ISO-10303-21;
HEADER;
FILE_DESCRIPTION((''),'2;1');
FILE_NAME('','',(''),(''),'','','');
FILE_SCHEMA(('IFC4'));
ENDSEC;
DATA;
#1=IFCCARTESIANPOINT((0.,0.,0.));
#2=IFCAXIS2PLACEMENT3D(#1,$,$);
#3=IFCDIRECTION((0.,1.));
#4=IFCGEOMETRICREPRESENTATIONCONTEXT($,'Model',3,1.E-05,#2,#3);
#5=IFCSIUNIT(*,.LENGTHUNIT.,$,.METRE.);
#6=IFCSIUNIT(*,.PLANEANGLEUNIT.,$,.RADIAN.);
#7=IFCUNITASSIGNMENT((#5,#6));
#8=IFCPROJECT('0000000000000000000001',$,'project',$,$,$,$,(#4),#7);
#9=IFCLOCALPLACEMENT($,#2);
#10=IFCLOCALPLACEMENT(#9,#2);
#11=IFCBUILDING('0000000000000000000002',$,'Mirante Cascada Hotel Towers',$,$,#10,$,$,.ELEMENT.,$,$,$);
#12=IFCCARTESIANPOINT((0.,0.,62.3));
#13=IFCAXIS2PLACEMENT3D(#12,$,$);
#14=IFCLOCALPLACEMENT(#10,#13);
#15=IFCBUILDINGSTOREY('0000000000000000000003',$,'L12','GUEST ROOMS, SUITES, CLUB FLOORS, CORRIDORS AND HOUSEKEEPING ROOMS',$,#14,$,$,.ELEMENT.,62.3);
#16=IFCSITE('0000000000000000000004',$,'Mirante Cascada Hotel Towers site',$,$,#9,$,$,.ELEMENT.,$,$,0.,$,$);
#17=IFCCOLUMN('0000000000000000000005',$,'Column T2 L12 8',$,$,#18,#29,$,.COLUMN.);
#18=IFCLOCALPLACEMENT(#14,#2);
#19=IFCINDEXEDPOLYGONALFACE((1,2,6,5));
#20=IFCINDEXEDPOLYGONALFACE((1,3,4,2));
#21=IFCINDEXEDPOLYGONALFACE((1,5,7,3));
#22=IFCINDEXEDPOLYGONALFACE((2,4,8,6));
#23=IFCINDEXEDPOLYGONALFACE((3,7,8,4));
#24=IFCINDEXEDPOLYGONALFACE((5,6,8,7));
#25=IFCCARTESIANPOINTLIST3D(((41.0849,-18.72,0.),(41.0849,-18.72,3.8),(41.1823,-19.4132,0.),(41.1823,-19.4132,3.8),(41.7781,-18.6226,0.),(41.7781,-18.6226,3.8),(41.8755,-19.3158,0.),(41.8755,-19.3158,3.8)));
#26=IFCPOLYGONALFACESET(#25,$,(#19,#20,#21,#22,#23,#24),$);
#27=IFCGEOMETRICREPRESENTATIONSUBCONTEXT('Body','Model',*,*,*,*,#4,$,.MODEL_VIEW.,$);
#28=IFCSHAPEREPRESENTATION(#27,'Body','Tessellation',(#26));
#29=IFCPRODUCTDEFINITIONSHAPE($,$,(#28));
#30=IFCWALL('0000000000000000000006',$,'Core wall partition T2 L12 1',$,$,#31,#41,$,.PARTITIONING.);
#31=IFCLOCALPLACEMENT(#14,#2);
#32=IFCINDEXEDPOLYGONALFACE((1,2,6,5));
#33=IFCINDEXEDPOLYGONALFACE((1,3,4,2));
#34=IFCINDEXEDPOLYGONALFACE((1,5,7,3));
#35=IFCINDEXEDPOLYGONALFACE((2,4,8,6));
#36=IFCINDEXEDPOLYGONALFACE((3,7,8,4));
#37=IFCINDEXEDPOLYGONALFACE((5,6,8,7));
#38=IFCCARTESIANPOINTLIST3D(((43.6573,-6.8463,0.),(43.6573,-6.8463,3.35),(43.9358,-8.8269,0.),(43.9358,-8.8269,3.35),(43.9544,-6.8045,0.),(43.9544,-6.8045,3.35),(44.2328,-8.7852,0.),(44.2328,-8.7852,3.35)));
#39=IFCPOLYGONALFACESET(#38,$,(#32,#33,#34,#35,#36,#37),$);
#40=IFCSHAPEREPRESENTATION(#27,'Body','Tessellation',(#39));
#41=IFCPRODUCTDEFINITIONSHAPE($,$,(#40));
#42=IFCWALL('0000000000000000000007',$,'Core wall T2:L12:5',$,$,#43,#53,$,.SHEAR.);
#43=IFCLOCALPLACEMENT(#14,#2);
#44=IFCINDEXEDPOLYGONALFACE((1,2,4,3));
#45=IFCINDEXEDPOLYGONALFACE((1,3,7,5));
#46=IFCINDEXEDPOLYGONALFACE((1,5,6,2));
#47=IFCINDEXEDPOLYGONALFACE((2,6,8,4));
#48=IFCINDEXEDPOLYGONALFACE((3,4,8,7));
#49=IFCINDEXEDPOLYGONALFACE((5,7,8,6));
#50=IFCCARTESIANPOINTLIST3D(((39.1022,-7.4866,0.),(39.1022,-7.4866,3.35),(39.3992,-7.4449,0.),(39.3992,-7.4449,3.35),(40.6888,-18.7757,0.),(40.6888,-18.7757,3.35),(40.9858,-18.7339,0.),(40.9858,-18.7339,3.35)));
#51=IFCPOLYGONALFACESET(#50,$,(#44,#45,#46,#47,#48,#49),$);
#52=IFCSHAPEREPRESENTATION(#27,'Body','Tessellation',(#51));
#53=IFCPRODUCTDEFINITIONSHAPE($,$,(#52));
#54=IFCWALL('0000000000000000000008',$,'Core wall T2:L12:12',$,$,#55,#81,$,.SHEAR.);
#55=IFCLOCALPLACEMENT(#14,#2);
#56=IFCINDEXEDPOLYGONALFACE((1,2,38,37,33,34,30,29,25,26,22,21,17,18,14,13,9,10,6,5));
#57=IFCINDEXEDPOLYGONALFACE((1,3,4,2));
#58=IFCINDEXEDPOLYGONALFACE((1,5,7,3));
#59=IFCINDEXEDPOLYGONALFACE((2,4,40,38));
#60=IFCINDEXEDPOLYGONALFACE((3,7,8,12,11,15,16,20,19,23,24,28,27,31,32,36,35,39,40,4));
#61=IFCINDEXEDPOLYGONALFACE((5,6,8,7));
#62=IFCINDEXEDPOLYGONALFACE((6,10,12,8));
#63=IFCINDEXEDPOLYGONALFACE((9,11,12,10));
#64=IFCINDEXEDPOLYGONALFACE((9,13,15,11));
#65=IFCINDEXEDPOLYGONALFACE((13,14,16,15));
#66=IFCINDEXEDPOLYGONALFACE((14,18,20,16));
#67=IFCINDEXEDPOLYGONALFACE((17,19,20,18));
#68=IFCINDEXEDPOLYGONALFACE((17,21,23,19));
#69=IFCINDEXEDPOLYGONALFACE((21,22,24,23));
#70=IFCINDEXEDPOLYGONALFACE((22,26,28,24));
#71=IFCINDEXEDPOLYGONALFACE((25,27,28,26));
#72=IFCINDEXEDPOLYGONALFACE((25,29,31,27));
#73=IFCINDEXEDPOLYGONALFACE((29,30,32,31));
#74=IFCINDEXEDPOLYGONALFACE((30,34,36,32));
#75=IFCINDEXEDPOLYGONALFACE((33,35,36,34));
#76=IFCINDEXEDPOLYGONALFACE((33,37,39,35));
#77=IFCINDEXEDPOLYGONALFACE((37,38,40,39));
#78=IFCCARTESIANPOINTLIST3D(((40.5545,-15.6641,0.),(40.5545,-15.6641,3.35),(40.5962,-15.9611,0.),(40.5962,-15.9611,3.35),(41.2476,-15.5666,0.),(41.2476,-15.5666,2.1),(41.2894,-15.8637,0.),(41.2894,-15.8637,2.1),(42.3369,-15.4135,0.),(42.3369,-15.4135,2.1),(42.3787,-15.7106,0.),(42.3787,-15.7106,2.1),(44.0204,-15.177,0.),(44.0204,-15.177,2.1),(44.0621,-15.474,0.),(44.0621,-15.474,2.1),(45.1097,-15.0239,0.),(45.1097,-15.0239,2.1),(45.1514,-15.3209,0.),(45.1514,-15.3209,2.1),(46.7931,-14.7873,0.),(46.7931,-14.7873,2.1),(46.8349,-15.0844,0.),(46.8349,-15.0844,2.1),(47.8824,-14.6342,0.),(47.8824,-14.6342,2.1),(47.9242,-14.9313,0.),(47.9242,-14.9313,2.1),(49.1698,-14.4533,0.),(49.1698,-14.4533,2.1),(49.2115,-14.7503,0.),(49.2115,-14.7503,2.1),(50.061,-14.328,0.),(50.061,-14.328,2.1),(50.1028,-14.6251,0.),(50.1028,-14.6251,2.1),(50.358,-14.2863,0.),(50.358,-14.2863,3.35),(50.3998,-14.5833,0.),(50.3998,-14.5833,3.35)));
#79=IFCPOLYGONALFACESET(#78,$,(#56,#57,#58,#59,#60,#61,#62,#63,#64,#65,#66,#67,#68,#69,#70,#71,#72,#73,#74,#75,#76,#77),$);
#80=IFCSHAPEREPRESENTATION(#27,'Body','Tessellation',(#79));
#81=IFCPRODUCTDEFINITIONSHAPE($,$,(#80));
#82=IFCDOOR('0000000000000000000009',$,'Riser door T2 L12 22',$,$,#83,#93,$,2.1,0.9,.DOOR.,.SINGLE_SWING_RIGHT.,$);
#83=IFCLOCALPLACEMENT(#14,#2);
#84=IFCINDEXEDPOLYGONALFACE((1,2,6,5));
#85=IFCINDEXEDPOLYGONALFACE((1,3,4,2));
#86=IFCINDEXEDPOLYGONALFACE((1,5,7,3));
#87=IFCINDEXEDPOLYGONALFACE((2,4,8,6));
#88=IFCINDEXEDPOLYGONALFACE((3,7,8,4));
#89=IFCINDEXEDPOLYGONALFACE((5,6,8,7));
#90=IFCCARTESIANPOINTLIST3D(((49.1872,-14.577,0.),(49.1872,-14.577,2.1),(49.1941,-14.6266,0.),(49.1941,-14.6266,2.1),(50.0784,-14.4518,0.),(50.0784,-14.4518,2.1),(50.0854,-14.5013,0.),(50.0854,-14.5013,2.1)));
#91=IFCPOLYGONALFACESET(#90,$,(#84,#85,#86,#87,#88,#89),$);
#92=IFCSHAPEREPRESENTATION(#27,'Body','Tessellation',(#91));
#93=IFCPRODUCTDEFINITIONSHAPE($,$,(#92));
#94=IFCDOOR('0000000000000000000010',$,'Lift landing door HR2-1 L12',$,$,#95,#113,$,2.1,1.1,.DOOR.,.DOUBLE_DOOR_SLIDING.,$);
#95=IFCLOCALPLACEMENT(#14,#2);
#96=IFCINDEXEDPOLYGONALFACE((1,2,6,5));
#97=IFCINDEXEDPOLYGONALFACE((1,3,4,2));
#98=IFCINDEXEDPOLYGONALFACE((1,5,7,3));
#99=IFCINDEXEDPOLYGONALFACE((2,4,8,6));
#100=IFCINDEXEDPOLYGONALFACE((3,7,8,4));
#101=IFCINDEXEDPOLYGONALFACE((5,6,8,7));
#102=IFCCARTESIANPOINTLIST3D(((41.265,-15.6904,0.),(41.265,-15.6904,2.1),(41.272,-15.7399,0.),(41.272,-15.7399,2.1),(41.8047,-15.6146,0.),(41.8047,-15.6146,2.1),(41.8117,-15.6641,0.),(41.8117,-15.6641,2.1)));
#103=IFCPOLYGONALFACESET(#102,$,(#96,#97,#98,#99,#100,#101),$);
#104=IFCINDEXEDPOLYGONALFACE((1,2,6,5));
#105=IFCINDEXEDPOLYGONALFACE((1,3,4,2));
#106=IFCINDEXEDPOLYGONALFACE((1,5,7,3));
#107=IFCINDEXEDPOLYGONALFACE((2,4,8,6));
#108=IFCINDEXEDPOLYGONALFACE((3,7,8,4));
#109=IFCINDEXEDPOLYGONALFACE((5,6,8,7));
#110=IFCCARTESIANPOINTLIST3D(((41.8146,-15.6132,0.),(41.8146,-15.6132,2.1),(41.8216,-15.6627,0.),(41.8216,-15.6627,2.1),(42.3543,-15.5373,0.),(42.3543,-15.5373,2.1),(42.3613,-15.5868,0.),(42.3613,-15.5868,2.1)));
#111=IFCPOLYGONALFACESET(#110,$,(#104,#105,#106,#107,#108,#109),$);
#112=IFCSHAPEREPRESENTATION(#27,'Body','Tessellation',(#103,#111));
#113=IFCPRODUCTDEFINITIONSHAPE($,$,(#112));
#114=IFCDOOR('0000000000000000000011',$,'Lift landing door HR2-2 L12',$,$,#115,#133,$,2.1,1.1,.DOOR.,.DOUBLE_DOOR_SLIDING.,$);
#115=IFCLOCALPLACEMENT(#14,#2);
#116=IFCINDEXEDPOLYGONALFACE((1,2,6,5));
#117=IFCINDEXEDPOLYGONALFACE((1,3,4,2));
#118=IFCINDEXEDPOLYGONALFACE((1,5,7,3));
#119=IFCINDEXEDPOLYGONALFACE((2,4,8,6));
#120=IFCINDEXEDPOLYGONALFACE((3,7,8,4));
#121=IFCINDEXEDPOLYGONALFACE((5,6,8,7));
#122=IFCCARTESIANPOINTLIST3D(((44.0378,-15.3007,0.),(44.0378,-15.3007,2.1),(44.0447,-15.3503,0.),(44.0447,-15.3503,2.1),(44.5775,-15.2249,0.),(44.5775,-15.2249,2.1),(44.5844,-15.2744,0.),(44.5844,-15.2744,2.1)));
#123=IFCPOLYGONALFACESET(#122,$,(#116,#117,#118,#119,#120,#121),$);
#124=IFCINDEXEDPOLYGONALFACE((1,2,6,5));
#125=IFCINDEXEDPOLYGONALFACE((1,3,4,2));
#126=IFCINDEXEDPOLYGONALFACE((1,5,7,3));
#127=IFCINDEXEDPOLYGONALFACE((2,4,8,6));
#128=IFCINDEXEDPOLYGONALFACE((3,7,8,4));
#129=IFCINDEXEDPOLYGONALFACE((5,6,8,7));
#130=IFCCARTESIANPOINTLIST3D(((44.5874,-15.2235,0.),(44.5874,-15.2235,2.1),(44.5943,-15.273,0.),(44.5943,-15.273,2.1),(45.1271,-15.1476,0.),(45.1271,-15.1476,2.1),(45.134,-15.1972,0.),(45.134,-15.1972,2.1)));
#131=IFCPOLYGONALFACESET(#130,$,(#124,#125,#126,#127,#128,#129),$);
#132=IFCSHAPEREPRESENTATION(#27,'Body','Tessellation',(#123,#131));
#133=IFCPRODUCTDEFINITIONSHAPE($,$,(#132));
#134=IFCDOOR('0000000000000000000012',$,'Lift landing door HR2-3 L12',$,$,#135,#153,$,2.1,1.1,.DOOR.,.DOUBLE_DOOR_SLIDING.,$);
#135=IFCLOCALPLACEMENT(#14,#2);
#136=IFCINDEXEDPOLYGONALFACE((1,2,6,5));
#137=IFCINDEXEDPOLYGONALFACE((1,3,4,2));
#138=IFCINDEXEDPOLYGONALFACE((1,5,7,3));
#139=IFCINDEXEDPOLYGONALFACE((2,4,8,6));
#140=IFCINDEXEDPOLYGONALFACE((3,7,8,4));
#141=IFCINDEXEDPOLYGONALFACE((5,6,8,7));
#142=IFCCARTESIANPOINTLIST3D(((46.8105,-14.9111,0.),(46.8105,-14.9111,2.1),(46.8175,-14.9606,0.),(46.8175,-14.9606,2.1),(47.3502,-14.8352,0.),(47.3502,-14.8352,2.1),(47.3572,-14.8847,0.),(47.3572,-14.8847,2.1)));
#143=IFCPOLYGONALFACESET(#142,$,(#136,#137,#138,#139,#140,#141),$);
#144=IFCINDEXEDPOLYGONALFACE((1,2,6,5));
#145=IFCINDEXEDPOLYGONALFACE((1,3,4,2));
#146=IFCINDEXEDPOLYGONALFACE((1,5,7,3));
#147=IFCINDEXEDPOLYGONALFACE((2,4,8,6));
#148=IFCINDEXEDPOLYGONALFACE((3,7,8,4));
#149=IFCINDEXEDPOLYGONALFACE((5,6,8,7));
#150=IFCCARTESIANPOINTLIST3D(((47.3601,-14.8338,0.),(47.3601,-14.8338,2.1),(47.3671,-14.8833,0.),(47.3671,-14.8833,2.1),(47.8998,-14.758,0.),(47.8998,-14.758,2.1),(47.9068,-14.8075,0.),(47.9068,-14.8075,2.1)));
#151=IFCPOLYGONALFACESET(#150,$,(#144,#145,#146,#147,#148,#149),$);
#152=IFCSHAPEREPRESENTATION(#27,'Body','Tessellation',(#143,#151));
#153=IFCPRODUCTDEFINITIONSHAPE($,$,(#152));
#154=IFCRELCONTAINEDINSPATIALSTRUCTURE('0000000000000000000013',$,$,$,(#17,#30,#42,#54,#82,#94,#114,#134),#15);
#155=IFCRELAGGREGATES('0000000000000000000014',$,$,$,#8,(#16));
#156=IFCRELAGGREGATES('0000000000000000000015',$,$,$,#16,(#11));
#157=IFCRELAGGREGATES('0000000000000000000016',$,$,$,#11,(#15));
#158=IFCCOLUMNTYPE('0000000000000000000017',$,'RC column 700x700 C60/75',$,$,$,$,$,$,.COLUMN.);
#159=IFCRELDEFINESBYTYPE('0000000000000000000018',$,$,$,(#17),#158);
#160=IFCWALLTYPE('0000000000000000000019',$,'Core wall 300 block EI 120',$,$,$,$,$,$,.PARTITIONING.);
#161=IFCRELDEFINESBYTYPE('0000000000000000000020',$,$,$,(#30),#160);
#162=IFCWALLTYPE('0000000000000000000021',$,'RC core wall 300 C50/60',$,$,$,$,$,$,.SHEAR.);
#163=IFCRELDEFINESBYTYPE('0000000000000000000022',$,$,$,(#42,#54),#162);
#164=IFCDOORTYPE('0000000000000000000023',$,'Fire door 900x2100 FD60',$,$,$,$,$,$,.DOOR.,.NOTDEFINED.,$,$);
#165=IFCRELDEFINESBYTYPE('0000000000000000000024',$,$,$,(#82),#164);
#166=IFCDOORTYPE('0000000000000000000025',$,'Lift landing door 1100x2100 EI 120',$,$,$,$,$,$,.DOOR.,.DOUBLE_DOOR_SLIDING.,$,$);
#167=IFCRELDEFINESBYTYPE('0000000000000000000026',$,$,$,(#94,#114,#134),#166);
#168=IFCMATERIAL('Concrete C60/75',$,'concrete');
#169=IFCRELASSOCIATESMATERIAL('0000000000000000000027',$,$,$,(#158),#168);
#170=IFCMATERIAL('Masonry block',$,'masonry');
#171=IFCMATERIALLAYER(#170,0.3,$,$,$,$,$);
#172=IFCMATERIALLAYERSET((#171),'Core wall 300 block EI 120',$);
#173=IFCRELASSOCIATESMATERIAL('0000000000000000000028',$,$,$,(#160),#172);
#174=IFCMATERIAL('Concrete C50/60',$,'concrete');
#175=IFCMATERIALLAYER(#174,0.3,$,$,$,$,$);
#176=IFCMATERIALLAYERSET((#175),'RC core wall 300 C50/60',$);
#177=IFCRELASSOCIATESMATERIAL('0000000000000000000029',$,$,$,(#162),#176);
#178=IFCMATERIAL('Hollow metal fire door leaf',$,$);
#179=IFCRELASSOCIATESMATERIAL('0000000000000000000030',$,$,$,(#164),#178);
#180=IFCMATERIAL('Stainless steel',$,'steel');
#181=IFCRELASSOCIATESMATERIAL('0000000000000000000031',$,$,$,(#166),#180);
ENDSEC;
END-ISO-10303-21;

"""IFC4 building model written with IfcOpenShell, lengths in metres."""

from ifc_helpers import new_model, si_unit, direction, frame, frame_2d, origin, origin_2d, place, context, subcontext, project, spatial, rectangle, extrude, material, layer, layer_set, material_profile, profile_set, type_object, element, fill, save


model = new_model("IFC4")

# Units and contexts
model_context = context("Model", 3, precision=1e-05, world=origin(), true_north=direction((0.0, 1.0)))
body_context = subcontext(model_context, "Body", "Model", "MODEL_VIEW")
ifc_project = project(units=[si_unit("LENGTHUNIT", "METRE"), si_unit("PLANEANGLEUNIT", "RADIAN")], contexts=[model_context])

# Site, building, storey
site_placement = place(None, origin())
site = spatial("IfcSite", under=ifc_project, at=site_placement, Name="Mirante Cascada Hotel Towers site", CompositionType="ELEMENT", RefElevation=0.0)
building_placement = place(site_placement, origin())
building = spatial("IfcBuilding", under=site, at=building_placement, Name="Mirante Cascada Hotel Towers", CompositionType="ELEMENT")
storey_placement = place(building_placement, frame((0.0, 0.0, 62.3)))
storey = spatial("IfcBuildingStorey", under=building, at=storey_placement, Name="L12", Description="GUEST ROOMS, SUITES, CLUB FLOORS, CORRIDORS AND HOUSEKEEPING ROOMS", CompositionType="ELEMENT", Elevation=62.3)

# Column
ifc_material_1 = material(Name="Concrete C60/75", Category="concrete")
ifc_material_profile = material_profile(ifc_material_1, rectangle(XDim=0.7, YDim=0.7, at=origin_2d()), Name="RC column 700x700 C60/75")
ifc_profile_set = profile_set([ifc_material_profile], Name="Concrete C60/75")
column_type = type_object("IfcColumnType", Name="RC column 700x700 C60/75", PredefinedType="COLUMN", material=ifc_profile_set)
column_placement = place(storey_placement, frame((41.4802, -19.0179, 0.0), z_axis=(0.0, 0.0, 1.0), x_axis=(0.990268, 0.139173, 0.0)))
element("IfcColumn", 1, at=column_placement, inside=storey, type_object=column_type, Name="Column T2 L12 8", PredefinedType="COLUMN", context=body_context, shape_type="SweptSolid", body=[
    extrude(rectangle(XDim=0.7, YDim=0.7, at=origin_2d()), origin(), (0.0, 0.0, 1.0), 3.8),
])

# Walls
ifc_material_2 = material(Name="Masonry block", Category="masonry")
ifc_layer_1 = layer(ifc_material_2, 0.3)
ifc_layer_set_1 = layer_set([ifc_layer_1], Name="Core wall 300 block EI 120")
wall_type_1 = type_object("IfcWallType", Name="Core wall 300 block EI 120", PredefinedType="PARTITIONING", material=ifc_layer_set_1)
wall_1_placement = place(storey_placement, frame((44.0843, -8.8061, 0.0), z_axis=(0.0, 0.0, 1.0), x_axis=(-0.139195, 0.990265, 0.0)))
element("IfcWall", 2, at=wall_1_placement, inside=storey, type_object=wall_type_1, Name="Core wall partition T2 L12 1", PredefinedType="PARTITIONING", context=body_context, shape_type="SweptSolid", body=[
    extrude(rectangle(XDim=2.0001, YDim=0.3, at=frame_2d((1.0001, 0.0))), origin(), (0.0, 0.0, 1.0), 3.35),
])
ifc_material_3 = material(Name="Concrete C50/60", Category="concrete")
ifc_layer_2 = layer(ifc_material_3, 0.3)
ifc_layer_set_2 = layer_set([ifc_layer_2], Name="RC core wall 300 C50/60")
wall_type_2 = type_object("IfcWallType", Name="RC core wall 300 C50/60", PredefinedType="SHEAR", material=ifc_layer_set_2)
wall_2_placement = place(storey_placement, frame((40.8373, -18.7548, 0.0), z_axis=(0.0, 0.0, 1.0), x_axis=(-0.139175, 0.990268, 0.0)))
element("IfcWall", 3, at=wall_2_placement, inside=storey, type_object=wall_type_2, Name="Core wall T2:L12:5", PredefinedType="SHEAR", context=body_context, shape_type="SweptSolid", body=[
    extrude(rectangle(XDim=11.4, YDim=0.3, at=frame_2d((5.7, 0.0))), origin(), (0.0, 0.0, 1.0), 3.35),
])

# Wall, openings, doors
wall_3_placement = place(storey_placement, frame((40.5753, -15.8126, 0.0), z_axis=(0.0, 0.0, 1.0), x_axis=(0.990268, 0.139173, 0.0)))
wall_3 = element("IfcWall", 4, at=wall_3_placement, inside=storey, type_object=wall_type_2, Name="Core wall T2:L12:12", PredefinedType="SHEAR", context=body_context, shape_type="SweptSolid", body=[
    extrude(rectangle(XDim=9.8999, YDim=0.3, at=frame_2d((4.95, 0.0))), origin(), (0.0, 0.0, 1.0), 3.35),
])
opening_1_placement = place(wall_3_placement, frame((0.7, 0.0, 0.0)))
opening_1 = element("IfcOpeningElement", 5, at=opening_1_placement, cuts=wall_3, PredefinedType="OPENING", context=body_context, shape_type="SweptSolid", body=[
    extrude(rectangle(XDim=1.1, YDim=2.1, at=frame_2d((0.55, 1.05))), frame((0.0, 0.15, 0.0), z_axis=(0.0, -1.0, 0.0), x_axis=(1.0, 0.0, 0.0)), (0.0, 0.0, 1.0), 0.3),
])
opening_2_placement = place(wall_3_placement, frame((3.5, 0.0, 0.0)))
opening_2 = element("IfcOpeningElement", 6, at=opening_2_placement, cuts=wall_3, PredefinedType="OPENING", context=body_context, shape_type="SweptSolid", body=[
    extrude(rectangle(XDim=1.1, YDim=2.1, at=frame_2d((0.55, 1.05))), frame((0.0, 0.15, 0.0), z_axis=(0.0, -1.0, 0.0), x_axis=(1.0, 0.0, 0.0)), (0.0, 0.0, 1.0), 0.3),
])
opening_3_placement = place(wall_3_placement, frame((6.3, 0.0, 0.0)))
opening_3 = element("IfcOpeningElement", 7, at=opening_3_placement, cuts=wall_3, PredefinedType="OPENING", context=body_context, shape_type="SweptSolid", body=[
    extrude(rectangle(XDim=1.1, YDim=2.1, at=frame_2d((0.55, 1.05))), frame((0.0, 0.15, 0.0), z_axis=(0.0, -1.0, 0.0), x_axis=(1.0, 0.0, 0.0)), (0.0, 0.0, 1.0), 0.3),
])
opening_4_placement = place(wall_3_placement, frame((8.7, 0.0, 0.0)))
opening_4 = element("IfcOpeningElement", 8, at=opening_4_placement, cuts=wall_3, PredefinedType="OPENING", context=body_context, shape_type="SweptSolid", body=[
    extrude(rectangle(XDim=0.9, YDim=2.1, at=frame_2d((0.45, 1.05))), frame((0.0, 0.15, 0.0), z_axis=(0.0, -1.0, 0.0), x_axis=(1.0, 0.0, 0.0)), (0.0, 0.0, 1.0), 0.3),
])
ifc_material_4 = material(Name="Hollow metal fire door leaf")
door_type_1 = type_object("IfcDoorType", Name="Fire door 900x2100 FD60", OperationType="NOTDEFINED", PredefinedType="DOOR", material=ifc_material_4)
door_1_placement = place(opening_4_placement, frame((0.9, 0.0, 0.0), z_axis=(0.0, 0.0, 1.0), x_axis=(-1.0, 0.0, 0.0)))
door_1 = element("IfcDoor", 9, at=door_1_placement, inside=storey, type_object=door_type_1, Name="Riser door T2 L12 22", OperationType="SINGLE_SWING_RIGHT", OverallHeight=2.1, OverallWidth=0.9, PredefinedType="DOOR", context=body_context, shape_type="SweptSolid", body=[
    extrude(rectangle(XDim=0.9, YDim=2.1, at=frame_2d((0.45, 1.05))), frame((0.0, 0.025, 0.0), z_axis=(0.0, -1.0, 0.0), x_axis=(1.0, 0.0, 0.0)), (0.0, 0.0, 1.0), 0.05),
])
fill(opening_4, door_1)
ifc_material_5 = material(Name="Stainless steel", Category="steel")
door_type_2 = type_object("IfcDoorType", Name="Lift landing door 1100x2100 EI 120", OperationType="DOUBLE_DOOR_SLIDING", PredefinedType="DOOR", material=ifc_material_5)
door_2_placement = place(opening_1_placement, origin())
door_2 = element("IfcDoor", 10, at=door_2_placement, inside=storey, type_object=door_type_2, Name="Lift landing door HR2-1 L12", OperationType="DOUBLE_DOOR_SLIDING", OverallHeight=2.1, OverallWidth=1.1, PredefinedType="DOOR", context=body_context, shape_type="SweptSolid", body=[
    extrude(rectangle(XDim=0.545, YDim=2.1, at=frame_2d((0.2725, 1.05))), frame((0.0, 0.025, 0.0), z_axis=(0.0, -1.0, 0.0), x_axis=(1.0, 0.0, 0.0)), (0.0, 0.0, 1.0), 0.05),
    extrude(rectangle(XDim=0.545, YDim=2.1, at=frame_2d((0.8275, 1.05))), frame((0.0, 0.025, 0.0), z_axis=(0.0, -1.0, 0.0), x_axis=(1.0, 0.0, 0.0)), (0.0, 0.0, 1.0), 0.05),
])
fill(opening_1, door_2)
door_3_placement = place(opening_2_placement, origin())
door_3 = element("IfcDoor", 11, at=door_3_placement, inside=storey, type_object=door_type_2, Name="Lift landing door HR2-2 L12", OperationType="DOUBLE_DOOR_SLIDING", OverallHeight=2.1, OverallWidth=1.1, PredefinedType="DOOR", context=body_context, shape_type="SweptSolid", body=[
    extrude(rectangle(XDim=0.545, YDim=2.1, at=frame_2d((0.2725, 1.05))), frame((0.0, 0.025, 0.0), z_axis=(0.0, -1.0, 0.0), x_axis=(1.0, 0.0, 0.0)), (0.0, 0.0, 1.0), 0.05),
    extrude(rectangle(XDim=0.545, YDim=2.1, at=frame_2d((0.8275, 1.05))), frame((0.0, 0.025, 0.0), z_axis=(0.0, -1.0, 0.0), x_axis=(1.0, 0.0, 0.0)), (0.0, 0.0, 1.0), 0.05),
])
fill(opening_2, door_3)
door_4_placement = place(opening_3_placement, origin())
door_4 = element("IfcDoor", 12, at=door_4_placement, inside=storey, type_object=door_type_2, Name="Lift landing door HR2-3 L12", OperationType="DOUBLE_DOOR_SLIDING", OverallHeight=2.1, OverallWidth=1.1, PredefinedType="DOOR", context=body_context, shape_type="SweptSolid", body=[
    extrude(rectangle(XDim=0.545, YDim=2.1, at=frame_2d((0.2725, 1.05))), frame((0.0, 0.025, 0.0), z_axis=(0.0, -1.0, 0.0), x_axis=(1.0, 0.0, 0.0)), (0.0, 0.0, 1.0), 0.05),
    extrude(rectangle(XDim=0.545, YDim=2.1, at=frame_2d((0.8275, 1.05))), frame((0.0, 0.025, 0.0), z_axis=(0.0, -1.0, 0.0), x_axis=(1.0, 0.0, 0.0)), (0.0, 0.0, 1.0), 0.05),
])
fill(opening_3, door_4)

save(model, "model.ifc")
